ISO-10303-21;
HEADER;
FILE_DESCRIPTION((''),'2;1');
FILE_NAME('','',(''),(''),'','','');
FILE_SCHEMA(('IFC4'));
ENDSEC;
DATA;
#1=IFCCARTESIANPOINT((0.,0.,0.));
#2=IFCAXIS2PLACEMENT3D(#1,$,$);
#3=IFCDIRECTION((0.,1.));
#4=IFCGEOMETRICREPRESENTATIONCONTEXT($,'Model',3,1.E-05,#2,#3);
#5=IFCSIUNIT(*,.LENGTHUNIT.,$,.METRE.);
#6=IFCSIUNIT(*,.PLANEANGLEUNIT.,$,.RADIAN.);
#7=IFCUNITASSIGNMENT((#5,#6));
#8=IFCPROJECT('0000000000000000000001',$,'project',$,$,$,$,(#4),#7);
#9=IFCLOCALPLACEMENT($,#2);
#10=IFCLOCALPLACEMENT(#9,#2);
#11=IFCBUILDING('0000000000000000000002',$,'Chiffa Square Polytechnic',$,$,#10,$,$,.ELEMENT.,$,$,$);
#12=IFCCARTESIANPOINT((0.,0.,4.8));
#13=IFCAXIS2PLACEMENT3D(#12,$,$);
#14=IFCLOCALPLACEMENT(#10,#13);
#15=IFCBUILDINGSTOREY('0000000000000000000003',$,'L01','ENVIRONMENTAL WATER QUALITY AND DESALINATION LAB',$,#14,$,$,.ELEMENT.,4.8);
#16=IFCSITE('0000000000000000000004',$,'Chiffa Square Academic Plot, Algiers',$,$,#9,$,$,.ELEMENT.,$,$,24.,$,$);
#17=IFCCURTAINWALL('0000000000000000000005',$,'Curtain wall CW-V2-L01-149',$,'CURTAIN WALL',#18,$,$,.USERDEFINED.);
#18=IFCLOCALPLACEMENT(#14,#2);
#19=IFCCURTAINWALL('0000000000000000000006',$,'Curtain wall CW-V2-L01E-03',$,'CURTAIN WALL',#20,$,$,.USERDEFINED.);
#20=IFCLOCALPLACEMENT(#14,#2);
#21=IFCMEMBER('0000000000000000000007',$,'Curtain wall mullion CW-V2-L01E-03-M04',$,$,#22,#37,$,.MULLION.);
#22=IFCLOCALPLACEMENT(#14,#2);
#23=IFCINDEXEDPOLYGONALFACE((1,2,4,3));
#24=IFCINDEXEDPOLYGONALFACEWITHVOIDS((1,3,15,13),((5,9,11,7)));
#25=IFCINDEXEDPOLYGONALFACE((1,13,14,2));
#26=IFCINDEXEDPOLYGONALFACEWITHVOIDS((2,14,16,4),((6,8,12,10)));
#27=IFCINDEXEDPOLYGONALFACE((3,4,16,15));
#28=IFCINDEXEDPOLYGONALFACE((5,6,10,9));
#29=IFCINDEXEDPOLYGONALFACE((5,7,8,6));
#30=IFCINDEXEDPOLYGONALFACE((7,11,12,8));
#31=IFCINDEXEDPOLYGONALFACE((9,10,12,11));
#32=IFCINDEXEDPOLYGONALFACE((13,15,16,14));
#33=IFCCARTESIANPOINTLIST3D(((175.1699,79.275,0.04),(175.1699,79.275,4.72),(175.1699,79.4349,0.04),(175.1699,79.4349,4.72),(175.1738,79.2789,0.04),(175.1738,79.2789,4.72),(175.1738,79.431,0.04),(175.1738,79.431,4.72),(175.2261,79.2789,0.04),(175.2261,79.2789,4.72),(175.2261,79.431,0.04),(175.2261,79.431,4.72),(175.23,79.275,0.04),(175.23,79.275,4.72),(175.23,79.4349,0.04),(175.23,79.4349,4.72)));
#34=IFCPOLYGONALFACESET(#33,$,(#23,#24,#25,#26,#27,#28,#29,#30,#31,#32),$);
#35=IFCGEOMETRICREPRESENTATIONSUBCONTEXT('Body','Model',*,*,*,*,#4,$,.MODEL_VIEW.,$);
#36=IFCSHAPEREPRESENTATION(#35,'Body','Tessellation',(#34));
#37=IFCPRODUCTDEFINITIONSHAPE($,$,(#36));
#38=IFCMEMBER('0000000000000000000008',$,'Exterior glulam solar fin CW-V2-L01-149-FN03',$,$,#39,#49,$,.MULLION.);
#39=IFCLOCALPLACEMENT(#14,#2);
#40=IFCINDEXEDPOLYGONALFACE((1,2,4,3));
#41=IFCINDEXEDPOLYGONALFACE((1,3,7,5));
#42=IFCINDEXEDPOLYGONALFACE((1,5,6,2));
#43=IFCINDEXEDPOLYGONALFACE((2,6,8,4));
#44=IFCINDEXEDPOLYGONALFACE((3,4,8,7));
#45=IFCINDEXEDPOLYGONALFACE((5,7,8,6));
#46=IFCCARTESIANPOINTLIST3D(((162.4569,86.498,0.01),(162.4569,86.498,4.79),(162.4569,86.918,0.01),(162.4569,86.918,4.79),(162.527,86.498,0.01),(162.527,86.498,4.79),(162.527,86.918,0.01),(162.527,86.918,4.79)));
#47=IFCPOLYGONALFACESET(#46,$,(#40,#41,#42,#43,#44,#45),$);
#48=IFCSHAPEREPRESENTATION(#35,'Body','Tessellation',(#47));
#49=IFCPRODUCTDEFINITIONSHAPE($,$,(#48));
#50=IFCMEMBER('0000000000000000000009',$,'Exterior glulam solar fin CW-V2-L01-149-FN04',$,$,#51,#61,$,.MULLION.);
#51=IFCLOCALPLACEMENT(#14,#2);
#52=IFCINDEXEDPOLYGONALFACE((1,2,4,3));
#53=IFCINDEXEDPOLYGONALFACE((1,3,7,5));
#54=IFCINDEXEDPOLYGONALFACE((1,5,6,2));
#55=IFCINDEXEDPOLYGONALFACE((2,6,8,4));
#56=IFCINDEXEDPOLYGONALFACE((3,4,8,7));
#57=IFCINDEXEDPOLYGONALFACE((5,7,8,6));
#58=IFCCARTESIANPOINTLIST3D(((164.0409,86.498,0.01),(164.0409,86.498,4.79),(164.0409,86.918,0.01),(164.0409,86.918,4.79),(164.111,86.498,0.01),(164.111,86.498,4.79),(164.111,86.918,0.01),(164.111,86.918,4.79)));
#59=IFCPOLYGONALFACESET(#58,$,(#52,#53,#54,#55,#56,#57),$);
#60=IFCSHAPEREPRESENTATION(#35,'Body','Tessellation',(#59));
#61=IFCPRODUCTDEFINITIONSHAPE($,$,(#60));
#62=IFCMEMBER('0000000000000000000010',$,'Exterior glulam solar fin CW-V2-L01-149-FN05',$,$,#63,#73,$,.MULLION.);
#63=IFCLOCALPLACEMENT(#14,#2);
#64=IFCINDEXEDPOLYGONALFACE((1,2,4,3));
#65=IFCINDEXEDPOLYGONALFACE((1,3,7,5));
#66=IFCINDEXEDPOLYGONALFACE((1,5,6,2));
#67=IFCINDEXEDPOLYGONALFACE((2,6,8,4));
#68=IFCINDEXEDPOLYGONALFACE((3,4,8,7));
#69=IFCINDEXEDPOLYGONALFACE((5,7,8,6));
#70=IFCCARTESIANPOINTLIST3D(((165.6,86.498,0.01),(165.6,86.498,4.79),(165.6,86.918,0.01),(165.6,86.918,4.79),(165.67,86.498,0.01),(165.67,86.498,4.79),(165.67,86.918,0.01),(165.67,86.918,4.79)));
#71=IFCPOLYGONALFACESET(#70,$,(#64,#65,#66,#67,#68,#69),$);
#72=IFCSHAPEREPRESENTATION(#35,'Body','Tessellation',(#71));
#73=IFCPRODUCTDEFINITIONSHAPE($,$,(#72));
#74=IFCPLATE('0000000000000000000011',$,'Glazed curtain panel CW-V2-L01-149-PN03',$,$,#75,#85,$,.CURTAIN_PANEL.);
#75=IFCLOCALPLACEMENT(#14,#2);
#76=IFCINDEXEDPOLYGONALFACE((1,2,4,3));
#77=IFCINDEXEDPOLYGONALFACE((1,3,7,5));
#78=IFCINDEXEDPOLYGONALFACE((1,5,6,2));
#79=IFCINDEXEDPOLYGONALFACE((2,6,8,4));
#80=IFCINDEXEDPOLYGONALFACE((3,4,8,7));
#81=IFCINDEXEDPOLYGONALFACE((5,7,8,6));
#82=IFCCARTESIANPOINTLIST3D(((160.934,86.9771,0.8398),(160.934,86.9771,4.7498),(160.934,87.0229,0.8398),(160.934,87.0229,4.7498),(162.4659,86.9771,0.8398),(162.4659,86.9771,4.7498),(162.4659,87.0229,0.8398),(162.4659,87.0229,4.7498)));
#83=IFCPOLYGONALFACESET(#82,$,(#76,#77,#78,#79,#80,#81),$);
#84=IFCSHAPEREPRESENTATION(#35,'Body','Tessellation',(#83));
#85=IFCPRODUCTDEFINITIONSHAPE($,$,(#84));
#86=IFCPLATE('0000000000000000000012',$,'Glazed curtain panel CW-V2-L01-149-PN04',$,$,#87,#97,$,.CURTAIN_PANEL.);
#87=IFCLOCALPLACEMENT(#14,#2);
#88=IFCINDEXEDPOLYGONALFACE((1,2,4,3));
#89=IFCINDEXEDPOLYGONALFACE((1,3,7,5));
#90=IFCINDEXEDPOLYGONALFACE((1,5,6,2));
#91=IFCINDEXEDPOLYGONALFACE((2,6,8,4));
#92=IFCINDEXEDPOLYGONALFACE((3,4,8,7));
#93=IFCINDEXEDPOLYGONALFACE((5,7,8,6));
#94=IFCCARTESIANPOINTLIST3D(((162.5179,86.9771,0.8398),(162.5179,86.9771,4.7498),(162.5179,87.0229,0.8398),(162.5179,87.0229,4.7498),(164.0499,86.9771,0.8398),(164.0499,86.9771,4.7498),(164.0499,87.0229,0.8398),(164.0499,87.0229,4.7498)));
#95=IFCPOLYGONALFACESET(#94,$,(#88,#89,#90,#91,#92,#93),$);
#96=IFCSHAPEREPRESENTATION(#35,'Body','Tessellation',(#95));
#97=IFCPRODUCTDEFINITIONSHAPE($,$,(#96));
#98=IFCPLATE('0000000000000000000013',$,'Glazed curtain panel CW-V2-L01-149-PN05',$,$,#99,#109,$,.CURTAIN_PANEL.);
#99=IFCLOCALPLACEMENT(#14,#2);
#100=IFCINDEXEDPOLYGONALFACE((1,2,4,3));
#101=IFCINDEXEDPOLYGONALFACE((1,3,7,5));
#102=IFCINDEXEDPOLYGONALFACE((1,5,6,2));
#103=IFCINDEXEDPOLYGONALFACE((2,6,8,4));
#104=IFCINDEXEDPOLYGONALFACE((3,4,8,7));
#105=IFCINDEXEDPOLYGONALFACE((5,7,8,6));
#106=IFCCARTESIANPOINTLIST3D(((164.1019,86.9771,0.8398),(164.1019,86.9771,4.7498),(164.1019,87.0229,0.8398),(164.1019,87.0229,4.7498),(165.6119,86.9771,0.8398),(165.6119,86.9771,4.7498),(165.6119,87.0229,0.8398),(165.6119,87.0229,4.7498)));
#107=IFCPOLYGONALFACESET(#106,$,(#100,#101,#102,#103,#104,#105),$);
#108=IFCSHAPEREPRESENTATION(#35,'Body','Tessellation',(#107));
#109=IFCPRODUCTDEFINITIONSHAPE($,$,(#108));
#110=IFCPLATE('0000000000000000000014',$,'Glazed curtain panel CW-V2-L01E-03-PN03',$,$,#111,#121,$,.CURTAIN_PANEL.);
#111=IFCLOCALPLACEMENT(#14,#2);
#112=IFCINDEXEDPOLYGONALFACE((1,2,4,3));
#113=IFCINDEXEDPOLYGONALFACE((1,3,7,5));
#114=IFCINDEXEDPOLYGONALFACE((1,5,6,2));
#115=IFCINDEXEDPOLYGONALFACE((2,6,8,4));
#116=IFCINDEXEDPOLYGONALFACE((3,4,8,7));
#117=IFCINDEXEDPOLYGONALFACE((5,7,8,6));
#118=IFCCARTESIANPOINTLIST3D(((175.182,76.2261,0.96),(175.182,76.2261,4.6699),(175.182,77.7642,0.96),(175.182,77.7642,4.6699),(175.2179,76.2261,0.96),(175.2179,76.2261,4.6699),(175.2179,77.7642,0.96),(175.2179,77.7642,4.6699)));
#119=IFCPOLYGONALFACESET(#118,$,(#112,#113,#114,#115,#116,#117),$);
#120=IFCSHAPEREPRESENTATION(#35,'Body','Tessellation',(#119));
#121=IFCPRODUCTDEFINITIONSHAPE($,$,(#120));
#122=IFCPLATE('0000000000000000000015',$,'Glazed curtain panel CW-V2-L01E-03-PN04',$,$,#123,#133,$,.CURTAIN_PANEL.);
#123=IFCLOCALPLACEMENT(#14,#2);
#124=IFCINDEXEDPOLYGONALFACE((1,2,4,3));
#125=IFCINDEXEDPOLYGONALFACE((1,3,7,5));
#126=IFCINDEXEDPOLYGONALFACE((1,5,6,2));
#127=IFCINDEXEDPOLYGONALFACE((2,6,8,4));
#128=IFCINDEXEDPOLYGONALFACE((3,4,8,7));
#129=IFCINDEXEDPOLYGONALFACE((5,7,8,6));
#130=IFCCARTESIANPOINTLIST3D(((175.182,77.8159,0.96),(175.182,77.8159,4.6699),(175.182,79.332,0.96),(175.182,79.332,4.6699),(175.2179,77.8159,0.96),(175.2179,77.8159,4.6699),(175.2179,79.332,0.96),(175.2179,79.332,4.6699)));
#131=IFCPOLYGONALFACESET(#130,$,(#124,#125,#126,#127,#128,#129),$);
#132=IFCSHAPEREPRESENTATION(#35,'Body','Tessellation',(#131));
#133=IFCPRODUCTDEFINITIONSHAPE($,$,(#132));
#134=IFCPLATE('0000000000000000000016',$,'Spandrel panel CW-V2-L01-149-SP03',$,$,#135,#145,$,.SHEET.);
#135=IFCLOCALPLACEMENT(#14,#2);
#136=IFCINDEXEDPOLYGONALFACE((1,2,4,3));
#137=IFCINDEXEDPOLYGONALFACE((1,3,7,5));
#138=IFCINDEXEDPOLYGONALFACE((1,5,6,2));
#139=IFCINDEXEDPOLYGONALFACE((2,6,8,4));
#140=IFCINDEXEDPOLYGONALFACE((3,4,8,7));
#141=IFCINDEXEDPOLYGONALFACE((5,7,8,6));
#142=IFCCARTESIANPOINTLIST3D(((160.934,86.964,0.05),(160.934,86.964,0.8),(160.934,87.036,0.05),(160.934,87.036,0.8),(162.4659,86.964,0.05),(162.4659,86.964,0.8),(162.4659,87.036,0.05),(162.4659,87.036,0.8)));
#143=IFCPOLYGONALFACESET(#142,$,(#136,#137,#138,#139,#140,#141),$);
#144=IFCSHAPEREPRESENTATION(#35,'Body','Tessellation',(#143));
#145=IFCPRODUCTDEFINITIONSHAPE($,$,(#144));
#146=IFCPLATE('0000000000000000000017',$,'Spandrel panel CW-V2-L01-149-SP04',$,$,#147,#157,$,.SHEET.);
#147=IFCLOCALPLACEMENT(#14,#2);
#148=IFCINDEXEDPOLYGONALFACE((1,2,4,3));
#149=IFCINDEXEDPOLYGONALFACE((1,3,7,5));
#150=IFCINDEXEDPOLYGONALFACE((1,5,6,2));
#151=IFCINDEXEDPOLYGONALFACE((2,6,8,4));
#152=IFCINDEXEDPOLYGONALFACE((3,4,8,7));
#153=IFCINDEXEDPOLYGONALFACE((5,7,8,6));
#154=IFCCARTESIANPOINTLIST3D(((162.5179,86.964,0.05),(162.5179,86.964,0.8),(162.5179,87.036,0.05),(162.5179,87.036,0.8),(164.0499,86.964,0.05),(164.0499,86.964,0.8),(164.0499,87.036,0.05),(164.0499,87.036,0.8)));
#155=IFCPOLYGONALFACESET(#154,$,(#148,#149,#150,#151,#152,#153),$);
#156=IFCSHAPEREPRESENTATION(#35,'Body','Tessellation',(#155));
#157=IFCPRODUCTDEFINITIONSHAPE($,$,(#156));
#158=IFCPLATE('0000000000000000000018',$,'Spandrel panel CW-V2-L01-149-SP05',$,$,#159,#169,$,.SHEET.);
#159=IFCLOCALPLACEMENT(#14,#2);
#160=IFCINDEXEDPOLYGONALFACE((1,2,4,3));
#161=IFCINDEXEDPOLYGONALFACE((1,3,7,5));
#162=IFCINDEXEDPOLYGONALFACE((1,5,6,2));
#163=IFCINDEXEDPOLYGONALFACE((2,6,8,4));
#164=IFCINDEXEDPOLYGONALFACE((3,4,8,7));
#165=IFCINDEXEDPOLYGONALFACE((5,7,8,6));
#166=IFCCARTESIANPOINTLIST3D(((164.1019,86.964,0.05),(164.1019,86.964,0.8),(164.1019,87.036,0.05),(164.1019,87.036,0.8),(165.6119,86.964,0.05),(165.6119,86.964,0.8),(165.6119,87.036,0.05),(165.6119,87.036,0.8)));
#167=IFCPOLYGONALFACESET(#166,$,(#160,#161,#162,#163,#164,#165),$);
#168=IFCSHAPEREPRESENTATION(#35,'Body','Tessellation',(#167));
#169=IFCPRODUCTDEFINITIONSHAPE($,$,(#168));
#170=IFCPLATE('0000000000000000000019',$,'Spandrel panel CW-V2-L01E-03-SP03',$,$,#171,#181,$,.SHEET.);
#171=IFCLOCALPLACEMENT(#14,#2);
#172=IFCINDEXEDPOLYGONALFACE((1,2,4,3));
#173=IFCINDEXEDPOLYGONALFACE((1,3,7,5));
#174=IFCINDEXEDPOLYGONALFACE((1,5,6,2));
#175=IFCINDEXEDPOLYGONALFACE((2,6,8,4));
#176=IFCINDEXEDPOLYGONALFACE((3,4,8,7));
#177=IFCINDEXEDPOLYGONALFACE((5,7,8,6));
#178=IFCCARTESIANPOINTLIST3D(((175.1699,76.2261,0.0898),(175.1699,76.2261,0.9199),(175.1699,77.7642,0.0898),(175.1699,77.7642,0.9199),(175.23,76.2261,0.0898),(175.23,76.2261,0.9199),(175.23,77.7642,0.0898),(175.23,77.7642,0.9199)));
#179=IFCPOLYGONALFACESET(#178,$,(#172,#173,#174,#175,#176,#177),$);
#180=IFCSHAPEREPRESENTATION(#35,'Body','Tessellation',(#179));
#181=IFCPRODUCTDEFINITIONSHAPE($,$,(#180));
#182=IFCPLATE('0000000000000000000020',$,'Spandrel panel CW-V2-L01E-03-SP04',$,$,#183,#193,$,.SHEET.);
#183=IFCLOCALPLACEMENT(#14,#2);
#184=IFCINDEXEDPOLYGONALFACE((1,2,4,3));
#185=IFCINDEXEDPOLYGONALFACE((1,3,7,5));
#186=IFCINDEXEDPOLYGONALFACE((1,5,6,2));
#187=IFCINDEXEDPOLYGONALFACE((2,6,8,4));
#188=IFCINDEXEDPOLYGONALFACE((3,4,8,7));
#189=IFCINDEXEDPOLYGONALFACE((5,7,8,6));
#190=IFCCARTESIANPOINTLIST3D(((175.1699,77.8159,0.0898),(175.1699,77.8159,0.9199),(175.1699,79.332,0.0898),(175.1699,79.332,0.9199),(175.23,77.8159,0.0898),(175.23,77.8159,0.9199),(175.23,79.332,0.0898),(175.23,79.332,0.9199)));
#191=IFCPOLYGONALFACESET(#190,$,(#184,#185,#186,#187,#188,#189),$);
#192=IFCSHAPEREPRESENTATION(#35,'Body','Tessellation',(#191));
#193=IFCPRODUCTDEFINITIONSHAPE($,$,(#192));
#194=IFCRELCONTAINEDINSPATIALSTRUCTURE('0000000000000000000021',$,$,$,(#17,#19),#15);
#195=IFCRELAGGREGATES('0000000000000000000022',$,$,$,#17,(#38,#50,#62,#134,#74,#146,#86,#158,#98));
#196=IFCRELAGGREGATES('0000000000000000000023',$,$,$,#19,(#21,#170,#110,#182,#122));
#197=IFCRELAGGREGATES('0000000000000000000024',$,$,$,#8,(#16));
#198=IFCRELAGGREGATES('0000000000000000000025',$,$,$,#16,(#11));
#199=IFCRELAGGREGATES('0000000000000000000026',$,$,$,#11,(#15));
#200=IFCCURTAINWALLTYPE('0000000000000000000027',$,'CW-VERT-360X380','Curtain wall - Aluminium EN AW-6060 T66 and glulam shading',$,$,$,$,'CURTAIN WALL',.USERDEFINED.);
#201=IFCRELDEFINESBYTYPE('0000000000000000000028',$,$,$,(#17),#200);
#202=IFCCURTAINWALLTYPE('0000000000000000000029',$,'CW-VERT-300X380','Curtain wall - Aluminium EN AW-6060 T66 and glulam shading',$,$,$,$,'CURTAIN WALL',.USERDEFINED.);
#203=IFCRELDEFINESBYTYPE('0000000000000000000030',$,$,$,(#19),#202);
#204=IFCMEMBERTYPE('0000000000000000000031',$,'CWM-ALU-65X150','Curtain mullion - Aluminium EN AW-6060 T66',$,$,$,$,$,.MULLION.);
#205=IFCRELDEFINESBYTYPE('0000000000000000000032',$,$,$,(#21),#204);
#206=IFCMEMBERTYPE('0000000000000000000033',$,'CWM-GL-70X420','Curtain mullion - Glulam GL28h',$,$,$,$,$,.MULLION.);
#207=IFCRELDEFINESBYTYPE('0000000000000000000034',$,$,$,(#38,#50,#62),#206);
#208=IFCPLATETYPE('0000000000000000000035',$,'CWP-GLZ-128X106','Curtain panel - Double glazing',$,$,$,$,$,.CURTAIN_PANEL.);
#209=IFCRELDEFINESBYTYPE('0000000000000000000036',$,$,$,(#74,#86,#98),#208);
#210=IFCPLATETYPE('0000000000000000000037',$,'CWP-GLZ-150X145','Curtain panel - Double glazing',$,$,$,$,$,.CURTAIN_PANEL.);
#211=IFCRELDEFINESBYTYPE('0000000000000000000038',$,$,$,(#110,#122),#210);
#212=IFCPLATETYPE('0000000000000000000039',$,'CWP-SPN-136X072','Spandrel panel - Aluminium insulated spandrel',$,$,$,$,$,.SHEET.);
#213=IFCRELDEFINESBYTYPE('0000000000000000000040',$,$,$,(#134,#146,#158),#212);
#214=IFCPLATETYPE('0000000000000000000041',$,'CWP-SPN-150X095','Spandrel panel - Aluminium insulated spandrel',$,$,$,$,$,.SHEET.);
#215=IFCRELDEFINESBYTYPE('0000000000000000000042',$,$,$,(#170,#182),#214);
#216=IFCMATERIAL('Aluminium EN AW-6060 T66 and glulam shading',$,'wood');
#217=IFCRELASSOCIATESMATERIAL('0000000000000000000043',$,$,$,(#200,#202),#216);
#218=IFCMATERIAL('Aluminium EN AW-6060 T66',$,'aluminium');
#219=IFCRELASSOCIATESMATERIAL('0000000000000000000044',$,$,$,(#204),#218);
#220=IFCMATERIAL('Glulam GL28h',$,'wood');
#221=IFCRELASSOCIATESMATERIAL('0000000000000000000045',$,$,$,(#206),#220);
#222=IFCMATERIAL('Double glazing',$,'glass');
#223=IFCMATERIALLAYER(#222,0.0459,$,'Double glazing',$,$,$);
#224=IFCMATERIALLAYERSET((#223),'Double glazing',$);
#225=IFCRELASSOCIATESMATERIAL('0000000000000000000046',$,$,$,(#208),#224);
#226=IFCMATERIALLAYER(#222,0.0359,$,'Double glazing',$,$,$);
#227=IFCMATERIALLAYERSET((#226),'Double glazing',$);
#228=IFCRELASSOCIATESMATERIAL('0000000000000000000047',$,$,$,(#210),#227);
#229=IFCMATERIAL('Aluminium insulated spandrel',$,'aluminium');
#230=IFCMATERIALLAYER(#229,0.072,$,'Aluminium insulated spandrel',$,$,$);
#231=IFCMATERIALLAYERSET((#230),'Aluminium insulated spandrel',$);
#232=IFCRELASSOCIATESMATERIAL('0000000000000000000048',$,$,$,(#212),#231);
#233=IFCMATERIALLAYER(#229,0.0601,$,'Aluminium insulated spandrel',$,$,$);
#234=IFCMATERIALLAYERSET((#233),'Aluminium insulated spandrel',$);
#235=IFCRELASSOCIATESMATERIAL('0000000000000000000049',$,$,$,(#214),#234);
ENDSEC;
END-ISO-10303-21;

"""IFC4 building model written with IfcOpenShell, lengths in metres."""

from ifc_helpers import new_model, si_unit, direction, frame, origin, origin_2d, place, context, subcontext, project, spatial, rectangle, hollow_rectangle, extrude, material, layer, layer_set, material_profile, profile_set, type_object, element, aggregate, save


model = new_model("IFC4")

# Units and contexts
model_context = context("Model", 3, precision=1e-05, world=origin(), true_north=direction((0.0, 1.0)))
body_context = subcontext(model_context, "Body", "Model", "MODEL_VIEW")
ifc_project = project(units=[si_unit("LENGTHUNIT", "METRE"), si_unit("PLANEANGLEUNIT", "RADIAN")], contexts=[model_context])

# Site, building, storey
site_placement = place(None, origin())
site = spatial("IfcSite", under=ifc_project, at=site_placement, Name="Chiffa Square Academic Plot, Algiers", CompositionType="ELEMENT", RefElevation=24.0)
building_placement = place(site_placement, origin())
building = spatial("IfcBuilding", under=site, at=building_placement, Name="Chiffa Square Polytechnic", CompositionType="ELEMENT")
storey_placement = place(building_placement, frame((0.0, 0.0, 4.8)))
storey = spatial("IfcBuildingStorey", under=building, at=storey_placement, Name="L01", Description="ENVIRONMENTAL WATER QUALITY AND DESALINATION LAB", CompositionType="ELEMENT", Elevation=4.8)

# Curtain walls, member
ifc_material_1 = material(Name="Aluminium EN AW-6060 T66 and glulam shading", Category="wood")
curtain_wall_type_1 = type_object("IfcCurtainWallType", Name="CW-VERT-360X380", Description="Curtain wall - Aluminium EN AW-6060 T66 and glulam shading", ElementType="CURTAIN WALL", PredefinedType="USERDEFINED", material=ifc_material_1)
curtain_wall_1_placement = place(storey_placement, origin())
curtain_wall_1 = element("IfcCurtainWall", 1, at=curtain_wall_1_placement, inside=storey, type_object=curtain_wall_type_1, Name="Curtain wall CW-V2-L01-149", ObjectType="CURTAIN WALL", PredefinedType="USERDEFINED")
ifc_material_2 = material(Name="Aluminium EN AW-6060 T66", Category="aluminium")
ifc_material_profile_1 = material_profile(ifc_material_2, hollow_rectangle(XDim=0.0601, YDim=0.1599, WallThickness=0.0039, at=origin_2d()), Name="ALU 60x160x4")
ifc_profile_set_1 = profile_set([ifc_material_profile_1], Name="Aluminium EN AW-6060 T66")
member_type_1 = type_object("IfcMemberType", Name="CWM-ALU-65X150", Description="Curtain mullion - Aluminium EN AW-6060 T66", PredefinedType="MULLION", material=ifc_profile_set_1)
curtain_wall_type_2 = type_object("IfcCurtainWallType", Name="CW-VERT-300X380", Description="Curtain wall - Aluminium EN AW-6060 T66 and glulam shading", ElementType="CURTAIN WALL", PredefinedType="USERDEFINED", material=ifc_material_1)
curtain_wall_2_placement = place(storey_placement, origin())
curtain_wall_2 = element("IfcCurtainWall", 2, at=curtain_wall_2_placement, inside=storey, type_object=curtain_wall_type_2, Name="Curtain wall CW-V2-L01E-03", ObjectType="CURTAIN WALL", PredefinedType="USERDEFINED")
member_1_placement = place(storey_placement, frame((175.2, 79.355, 0.04), z_axis=(0.0, 0.0, 1.0), x_axis=(1.0, 0.0, 0.0)))
member_1 = element("IfcMember", 3, at=member_1_placement, type_object=member_type_1, Name="Curtain wall mullion CW-V2-L01E-03-M04", PredefinedType="MULLION", context=body_context, shape_type="SweptSolid", body=[
    extrude(hollow_rectangle(XDim=0.0601, YDim=0.1599, WallThickness=0.0039, at=origin_2d()), origin(), (0.0, 0.0, 1.0), 4.6799),
])

# Members
ifc_material_3 = material(Name="Glulam GL28h", Category="wood")
ifc_material_profile_2 = material_profile(ifc_material_3, rectangle(XDim=0.0701, YDim=0.4199, at=origin_2d()), Name="GL28h 70x420")
ifc_profile_set_2 = profile_set([ifc_material_profile_2], Name="Glulam GL28h")
member_type_2 = type_object("IfcMemberType", Name="CWM-GL-70X420", Description="Curtain mullion - Glulam GL28h", PredefinedType="MULLION", material=ifc_profile_set_2)
member_2_placement = place(storey_placement, frame((162.4919, 86.708, 0.01), z_axis=(0.0, 0.0, 1.0), x_axis=(1.0, 0.0, 0.0)))
member_2 = element("IfcMember", 4, at=member_2_placement, type_object=member_type_2, Name="Exterior glulam solar fin CW-V2-L01-149-FN03", PredefinedType="MULLION", context=body_context, shape_type="SweptSolid", body=[
    extrude(rectangle(XDim=0.0701, YDim=0.4199, at=origin_2d()), origin(), (0.0, 0.0, 1.0), 4.78),
])
member_3_placement = place(storey_placement, frame((164.0759, 86.708, 0.01), z_axis=(0.0, 0.0, 1.0), x_axis=(1.0, 0.0, 0.0)))
member_3 = element("IfcMember", 5, at=member_3_placement, type_object=member_type_2, Name="Exterior glulam solar fin CW-V2-L01-149-FN04", PredefinedType="MULLION", context=body_context, shape_type="SweptSolid", body=[
    extrude(rectangle(XDim=0.0701, YDim=0.4199, at=origin_2d()), origin(), (0.0, 0.0, 1.0), 4.78),
])
member_4_placement = place(storey_placement, frame((165.635, 86.708, 0.01), z_axis=(0.0, 0.0, 1.0), x_axis=(1.0, 0.0, 0.0)))
member_4 = element("IfcMember", 6, at=member_4_placement, type_object=member_type_2, Name="Exterior glulam solar fin CW-V2-L01-149-FN05", PredefinedType="MULLION", context=body_context, shape_type="SweptSolid", body=[
    extrude(rectangle(XDim=0.0701, YDim=0.4199, at=origin_2d()), origin(), (0.0, 0.0, 1.0), 4.78),
])

# Plates
ifc_material_4 = material(Name="Double glazing", Category="glass")
ifc_layer_1 = layer(ifc_material_4, 0.0459, Name="Double glazing")
ifc_layer_set_1 = layer_set([ifc_layer_1], Name="Double glazing")
plate_type_1 = type_object("IfcPlateType", Name="CWP-GLZ-128X106", Description="Curtain panel - Double glazing", PredefinedType="CURTAIN_PANEL", material=ifc_layer_set_1)
plate_1_placement = place(storey_placement, frame((161.7, 87.0, 0.8398), z_axis=(0.0, 0.0, 1.0), x_axis=(1.0, 0.0, 0.0)))
plate_1 = element("IfcPlate", 7, at=plate_1_placement, type_object=plate_type_1, Name="Glazed curtain panel CW-V2-L01-149-PN03", PredefinedType="CURTAIN_PANEL", context=body_context, shape_type="SweptSolid", body=[
    extrude(rectangle(XDim=1.532, YDim=0.0459, at=origin_2d()), origin(), (0.0, 0.0, 1.0), 3.9099),
])
plate_2_placement = place(storey_placement, frame((163.2839, 87.0, 0.8398), z_axis=(0.0, 0.0, 1.0), x_axis=(1.0, 0.0, 0.0)))
plate_2 = element("IfcPlate", 8, at=plate_2_placement, type_object=plate_type_1, Name="Glazed curtain panel CW-V2-L01-149-PN04", PredefinedType="CURTAIN_PANEL", context=body_context, shape_type="SweptSolid", body=[
    extrude(rectangle(XDim=1.532, YDim=0.0459, at=origin_2d()), origin(), (0.0, 0.0, 1.0), 3.9099),
])
plate_3_placement = place(storey_placement, frame((164.8569, 87.0, 0.8398), z_axis=(0.0, 0.0, 1.0), x_axis=(1.0, 0.0, 0.0)))
plate_3 = element("IfcPlate", 9, at=plate_3_placement, type_object=plate_type_1, Name="Glazed curtain panel CW-V2-L01-149-PN05", PredefinedType="CURTAIN_PANEL", context=body_context, shape_type="SweptSolid", body=[
    extrude(rectangle(XDim=1.51, YDim=0.0459, at=origin_2d()), origin(), (0.0, 0.0, 1.0), 3.9099),
])
ifc_layer_2 = layer(ifc_material_4, 0.0359, Name="Double glazing")
ifc_layer_set_2 = layer_set([ifc_layer_2], Name="Double glazing")
plate_type_2 = type_object("IfcPlateType", Name="CWP-GLZ-150X145", Description="Curtain panel - Double glazing", PredefinedType="CURTAIN_PANEL", material=ifc_layer_set_2)
plate_4_placement = place(storey_placement, frame((175.2, 76.9951, 0.96), z_axis=(0.0, 0.0, 1.0), x_axis=(0.0, 1.0, 0.0)))
plate_4 = element("IfcPlate", 10, at=plate_4_placement, type_object=plate_type_2, Name="Glazed curtain panel CW-V2-L01E-03-PN03", PredefinedType="CURTAIN_PANEL", context=body_context, shape_type="SweptSolid", body=[
    extrude(rectangle(XDim=1.5381, YDim=0.0359, at=origin_2d()), origin(), (0.0, 0.0, 1.0), 3.71),
])
plate_5_placement = place(storey_placement, frame((175.2, 78.574, 0.96), z_axis=(0.0, 0.0, 1.0), x_axis=(0.0, 1.0, 0.0)))
plate_5 = element("IfcPlate", 11, at=plate_5_placement, type_object=plate_type_2, Name="Glazed curtain panel CW-V2-L01E-03-PN04", PredefinedType="CURTAIN_PANEL", context=body_context, shape_type="SweptSolid", body=[
    extrude(rectangle(XDim=1.5161, YDim=0.0359, at=origin_2d()), origin(), (0.0, 0.0, 1.0), 3.71),
])
ifc_material_5 = material(Name="Aluminium insulated spandrel", Category="aluminium")
ifc_layer_3 = layer(ifc_material_5, 0.072, Name="Aluminium insulated spandrel")
ifc_layer_set_3 = layer_set([ifc_layer_3], Name="Aluminium insulated spandrel")
plate_type_3 = type_object("IfcPlateType", Name="CWP-SPN-136X072", Description="Spandrel panel - Aluminium insulated spandrel", PredefinedType="SHEET", material=ifc_layer_set_3)
plate_6_placement = place(storey_placement, frame((161.7, 87.0, 0.05), z_axis=(0.0, 0.0, 1.0), x_axis=(1.0, 0.0, 0.0)))
plate_6 = element("IfcPlate", 12, at=plate_6_placement, type_object=plate_type_3, Name="Spandrel panel CW-V2-L01-149-SP03", PredefinedType="SHEET", context=body_context, shape_type="SweptSolid", body=[
    extrude(rectangle(XDim=1.532, YDim=0.072, at=origin_2d()), origin(), (0.0, 0.0, 1.0), 0.75),
])
plate_7_placement = place(storey_placement, frame((163.2839, 87.0, 0.05), z_axis=(0.0, 0.0, 1.0), x_axis=(1.0, 0.0, 0.0)))
plate_7 = element("IfcPlate", 13, at=plate_7_placement, type_object=plate_type_3, Name="Spandrel panel CW-V2-L01-149-SP04", PredefinedType="SHEET", context=body_context, shape_type="SweptSolid", body=[
    extrude(rectangle(XDim=1.532, YDim=0.072, at=origin_2d()), origin(), (0.0, 0.0, 1.0), 0.75),
])
plate_8_placement = place(storey_placement, frame((164.8569, 87.0, 0.05), z_axis=(0.0, 0.0, 1.0), x_axis=(1.0, 0.0, 0.0)))
plate_8 = element("IfcPlate", 14, at=plate_8_placement, type_object=plate_type_3, Name="Spandrel panel CW-V2-L01-149-SP05", PredefinedType="SHEET", context=body_context, shape_type="SweptSolid", body=[
    extrude(rectangle(XDim=1.51, YDim=0.072, at=origin_2d()), origin(), (0.0, 0.0, 1.0), 0.75),
])
aggregate(curtain_wall_1, [member_2, member_3, member_4, plate_6, plate_1, plate_7, plate_2, plate_8, plate_3])
ifc_layer_4 = layer(ifc_material_5, 0.0601, Name="Aluminium insulated spandrel")
ifc_layer_set_4 = layer_set([ifc_layer_4], Name="Aluminium insulated spandrel")
plate_type_4 = type_object("IfcPlateType", Name="CWP-SPN-150X095", Description="Spandrel panel - Aluminium insulated spandrel", PredefinedType="SHEET", material=ifc_layer_set_4)
plate_9_placement = place(storey_placement, frame((175.2, 76.9951, 0.0898), z_axis=(0.0, 0.0, 1.0), x_axis=(0.0, 1.0, 0.0)))
plate_9 = element("IfcPlate", 15, at=plate_9_placement, type_object=plate_type_4, Name="Spandrel panel CW-V2-L01E-03-SP03", PredefinedType="SHEET", context=body_context, shape_type="SweptSolid", body=[
    extrude(rectangle(XDim=1.5381, YDim=0.0601, at=origin_2d()), origin(), (0.0, 0.0, 1.0), 0.8301),
])
plate_10_placement = place(storey_placement, frame((175.2, 78.574, 0.0898), z_axis=(0.0, 0.0, 1.0), x_axis=(0.0, 1.0, 0.0)))
plate_10 = element("IfcPlate", 16, at=plate_10_placement, type_object=plate_type_4, Name="Spandrel panel CW-V2-L01E-03-SP04", PredefinedType="SHEET", context=body_context, shape_type="SweptSolid", body=[
    extrude(rectangle(XDim=1.5161, YDim=0.0601, at=origin_2d()), origin(), (0.0, 0.0, 1.0), 0.8301),
])
aggregate(curtain_wall_2, [member_1, plate_9, plate_4, plate_10, plate_5])

save(model, "model.ifc")
